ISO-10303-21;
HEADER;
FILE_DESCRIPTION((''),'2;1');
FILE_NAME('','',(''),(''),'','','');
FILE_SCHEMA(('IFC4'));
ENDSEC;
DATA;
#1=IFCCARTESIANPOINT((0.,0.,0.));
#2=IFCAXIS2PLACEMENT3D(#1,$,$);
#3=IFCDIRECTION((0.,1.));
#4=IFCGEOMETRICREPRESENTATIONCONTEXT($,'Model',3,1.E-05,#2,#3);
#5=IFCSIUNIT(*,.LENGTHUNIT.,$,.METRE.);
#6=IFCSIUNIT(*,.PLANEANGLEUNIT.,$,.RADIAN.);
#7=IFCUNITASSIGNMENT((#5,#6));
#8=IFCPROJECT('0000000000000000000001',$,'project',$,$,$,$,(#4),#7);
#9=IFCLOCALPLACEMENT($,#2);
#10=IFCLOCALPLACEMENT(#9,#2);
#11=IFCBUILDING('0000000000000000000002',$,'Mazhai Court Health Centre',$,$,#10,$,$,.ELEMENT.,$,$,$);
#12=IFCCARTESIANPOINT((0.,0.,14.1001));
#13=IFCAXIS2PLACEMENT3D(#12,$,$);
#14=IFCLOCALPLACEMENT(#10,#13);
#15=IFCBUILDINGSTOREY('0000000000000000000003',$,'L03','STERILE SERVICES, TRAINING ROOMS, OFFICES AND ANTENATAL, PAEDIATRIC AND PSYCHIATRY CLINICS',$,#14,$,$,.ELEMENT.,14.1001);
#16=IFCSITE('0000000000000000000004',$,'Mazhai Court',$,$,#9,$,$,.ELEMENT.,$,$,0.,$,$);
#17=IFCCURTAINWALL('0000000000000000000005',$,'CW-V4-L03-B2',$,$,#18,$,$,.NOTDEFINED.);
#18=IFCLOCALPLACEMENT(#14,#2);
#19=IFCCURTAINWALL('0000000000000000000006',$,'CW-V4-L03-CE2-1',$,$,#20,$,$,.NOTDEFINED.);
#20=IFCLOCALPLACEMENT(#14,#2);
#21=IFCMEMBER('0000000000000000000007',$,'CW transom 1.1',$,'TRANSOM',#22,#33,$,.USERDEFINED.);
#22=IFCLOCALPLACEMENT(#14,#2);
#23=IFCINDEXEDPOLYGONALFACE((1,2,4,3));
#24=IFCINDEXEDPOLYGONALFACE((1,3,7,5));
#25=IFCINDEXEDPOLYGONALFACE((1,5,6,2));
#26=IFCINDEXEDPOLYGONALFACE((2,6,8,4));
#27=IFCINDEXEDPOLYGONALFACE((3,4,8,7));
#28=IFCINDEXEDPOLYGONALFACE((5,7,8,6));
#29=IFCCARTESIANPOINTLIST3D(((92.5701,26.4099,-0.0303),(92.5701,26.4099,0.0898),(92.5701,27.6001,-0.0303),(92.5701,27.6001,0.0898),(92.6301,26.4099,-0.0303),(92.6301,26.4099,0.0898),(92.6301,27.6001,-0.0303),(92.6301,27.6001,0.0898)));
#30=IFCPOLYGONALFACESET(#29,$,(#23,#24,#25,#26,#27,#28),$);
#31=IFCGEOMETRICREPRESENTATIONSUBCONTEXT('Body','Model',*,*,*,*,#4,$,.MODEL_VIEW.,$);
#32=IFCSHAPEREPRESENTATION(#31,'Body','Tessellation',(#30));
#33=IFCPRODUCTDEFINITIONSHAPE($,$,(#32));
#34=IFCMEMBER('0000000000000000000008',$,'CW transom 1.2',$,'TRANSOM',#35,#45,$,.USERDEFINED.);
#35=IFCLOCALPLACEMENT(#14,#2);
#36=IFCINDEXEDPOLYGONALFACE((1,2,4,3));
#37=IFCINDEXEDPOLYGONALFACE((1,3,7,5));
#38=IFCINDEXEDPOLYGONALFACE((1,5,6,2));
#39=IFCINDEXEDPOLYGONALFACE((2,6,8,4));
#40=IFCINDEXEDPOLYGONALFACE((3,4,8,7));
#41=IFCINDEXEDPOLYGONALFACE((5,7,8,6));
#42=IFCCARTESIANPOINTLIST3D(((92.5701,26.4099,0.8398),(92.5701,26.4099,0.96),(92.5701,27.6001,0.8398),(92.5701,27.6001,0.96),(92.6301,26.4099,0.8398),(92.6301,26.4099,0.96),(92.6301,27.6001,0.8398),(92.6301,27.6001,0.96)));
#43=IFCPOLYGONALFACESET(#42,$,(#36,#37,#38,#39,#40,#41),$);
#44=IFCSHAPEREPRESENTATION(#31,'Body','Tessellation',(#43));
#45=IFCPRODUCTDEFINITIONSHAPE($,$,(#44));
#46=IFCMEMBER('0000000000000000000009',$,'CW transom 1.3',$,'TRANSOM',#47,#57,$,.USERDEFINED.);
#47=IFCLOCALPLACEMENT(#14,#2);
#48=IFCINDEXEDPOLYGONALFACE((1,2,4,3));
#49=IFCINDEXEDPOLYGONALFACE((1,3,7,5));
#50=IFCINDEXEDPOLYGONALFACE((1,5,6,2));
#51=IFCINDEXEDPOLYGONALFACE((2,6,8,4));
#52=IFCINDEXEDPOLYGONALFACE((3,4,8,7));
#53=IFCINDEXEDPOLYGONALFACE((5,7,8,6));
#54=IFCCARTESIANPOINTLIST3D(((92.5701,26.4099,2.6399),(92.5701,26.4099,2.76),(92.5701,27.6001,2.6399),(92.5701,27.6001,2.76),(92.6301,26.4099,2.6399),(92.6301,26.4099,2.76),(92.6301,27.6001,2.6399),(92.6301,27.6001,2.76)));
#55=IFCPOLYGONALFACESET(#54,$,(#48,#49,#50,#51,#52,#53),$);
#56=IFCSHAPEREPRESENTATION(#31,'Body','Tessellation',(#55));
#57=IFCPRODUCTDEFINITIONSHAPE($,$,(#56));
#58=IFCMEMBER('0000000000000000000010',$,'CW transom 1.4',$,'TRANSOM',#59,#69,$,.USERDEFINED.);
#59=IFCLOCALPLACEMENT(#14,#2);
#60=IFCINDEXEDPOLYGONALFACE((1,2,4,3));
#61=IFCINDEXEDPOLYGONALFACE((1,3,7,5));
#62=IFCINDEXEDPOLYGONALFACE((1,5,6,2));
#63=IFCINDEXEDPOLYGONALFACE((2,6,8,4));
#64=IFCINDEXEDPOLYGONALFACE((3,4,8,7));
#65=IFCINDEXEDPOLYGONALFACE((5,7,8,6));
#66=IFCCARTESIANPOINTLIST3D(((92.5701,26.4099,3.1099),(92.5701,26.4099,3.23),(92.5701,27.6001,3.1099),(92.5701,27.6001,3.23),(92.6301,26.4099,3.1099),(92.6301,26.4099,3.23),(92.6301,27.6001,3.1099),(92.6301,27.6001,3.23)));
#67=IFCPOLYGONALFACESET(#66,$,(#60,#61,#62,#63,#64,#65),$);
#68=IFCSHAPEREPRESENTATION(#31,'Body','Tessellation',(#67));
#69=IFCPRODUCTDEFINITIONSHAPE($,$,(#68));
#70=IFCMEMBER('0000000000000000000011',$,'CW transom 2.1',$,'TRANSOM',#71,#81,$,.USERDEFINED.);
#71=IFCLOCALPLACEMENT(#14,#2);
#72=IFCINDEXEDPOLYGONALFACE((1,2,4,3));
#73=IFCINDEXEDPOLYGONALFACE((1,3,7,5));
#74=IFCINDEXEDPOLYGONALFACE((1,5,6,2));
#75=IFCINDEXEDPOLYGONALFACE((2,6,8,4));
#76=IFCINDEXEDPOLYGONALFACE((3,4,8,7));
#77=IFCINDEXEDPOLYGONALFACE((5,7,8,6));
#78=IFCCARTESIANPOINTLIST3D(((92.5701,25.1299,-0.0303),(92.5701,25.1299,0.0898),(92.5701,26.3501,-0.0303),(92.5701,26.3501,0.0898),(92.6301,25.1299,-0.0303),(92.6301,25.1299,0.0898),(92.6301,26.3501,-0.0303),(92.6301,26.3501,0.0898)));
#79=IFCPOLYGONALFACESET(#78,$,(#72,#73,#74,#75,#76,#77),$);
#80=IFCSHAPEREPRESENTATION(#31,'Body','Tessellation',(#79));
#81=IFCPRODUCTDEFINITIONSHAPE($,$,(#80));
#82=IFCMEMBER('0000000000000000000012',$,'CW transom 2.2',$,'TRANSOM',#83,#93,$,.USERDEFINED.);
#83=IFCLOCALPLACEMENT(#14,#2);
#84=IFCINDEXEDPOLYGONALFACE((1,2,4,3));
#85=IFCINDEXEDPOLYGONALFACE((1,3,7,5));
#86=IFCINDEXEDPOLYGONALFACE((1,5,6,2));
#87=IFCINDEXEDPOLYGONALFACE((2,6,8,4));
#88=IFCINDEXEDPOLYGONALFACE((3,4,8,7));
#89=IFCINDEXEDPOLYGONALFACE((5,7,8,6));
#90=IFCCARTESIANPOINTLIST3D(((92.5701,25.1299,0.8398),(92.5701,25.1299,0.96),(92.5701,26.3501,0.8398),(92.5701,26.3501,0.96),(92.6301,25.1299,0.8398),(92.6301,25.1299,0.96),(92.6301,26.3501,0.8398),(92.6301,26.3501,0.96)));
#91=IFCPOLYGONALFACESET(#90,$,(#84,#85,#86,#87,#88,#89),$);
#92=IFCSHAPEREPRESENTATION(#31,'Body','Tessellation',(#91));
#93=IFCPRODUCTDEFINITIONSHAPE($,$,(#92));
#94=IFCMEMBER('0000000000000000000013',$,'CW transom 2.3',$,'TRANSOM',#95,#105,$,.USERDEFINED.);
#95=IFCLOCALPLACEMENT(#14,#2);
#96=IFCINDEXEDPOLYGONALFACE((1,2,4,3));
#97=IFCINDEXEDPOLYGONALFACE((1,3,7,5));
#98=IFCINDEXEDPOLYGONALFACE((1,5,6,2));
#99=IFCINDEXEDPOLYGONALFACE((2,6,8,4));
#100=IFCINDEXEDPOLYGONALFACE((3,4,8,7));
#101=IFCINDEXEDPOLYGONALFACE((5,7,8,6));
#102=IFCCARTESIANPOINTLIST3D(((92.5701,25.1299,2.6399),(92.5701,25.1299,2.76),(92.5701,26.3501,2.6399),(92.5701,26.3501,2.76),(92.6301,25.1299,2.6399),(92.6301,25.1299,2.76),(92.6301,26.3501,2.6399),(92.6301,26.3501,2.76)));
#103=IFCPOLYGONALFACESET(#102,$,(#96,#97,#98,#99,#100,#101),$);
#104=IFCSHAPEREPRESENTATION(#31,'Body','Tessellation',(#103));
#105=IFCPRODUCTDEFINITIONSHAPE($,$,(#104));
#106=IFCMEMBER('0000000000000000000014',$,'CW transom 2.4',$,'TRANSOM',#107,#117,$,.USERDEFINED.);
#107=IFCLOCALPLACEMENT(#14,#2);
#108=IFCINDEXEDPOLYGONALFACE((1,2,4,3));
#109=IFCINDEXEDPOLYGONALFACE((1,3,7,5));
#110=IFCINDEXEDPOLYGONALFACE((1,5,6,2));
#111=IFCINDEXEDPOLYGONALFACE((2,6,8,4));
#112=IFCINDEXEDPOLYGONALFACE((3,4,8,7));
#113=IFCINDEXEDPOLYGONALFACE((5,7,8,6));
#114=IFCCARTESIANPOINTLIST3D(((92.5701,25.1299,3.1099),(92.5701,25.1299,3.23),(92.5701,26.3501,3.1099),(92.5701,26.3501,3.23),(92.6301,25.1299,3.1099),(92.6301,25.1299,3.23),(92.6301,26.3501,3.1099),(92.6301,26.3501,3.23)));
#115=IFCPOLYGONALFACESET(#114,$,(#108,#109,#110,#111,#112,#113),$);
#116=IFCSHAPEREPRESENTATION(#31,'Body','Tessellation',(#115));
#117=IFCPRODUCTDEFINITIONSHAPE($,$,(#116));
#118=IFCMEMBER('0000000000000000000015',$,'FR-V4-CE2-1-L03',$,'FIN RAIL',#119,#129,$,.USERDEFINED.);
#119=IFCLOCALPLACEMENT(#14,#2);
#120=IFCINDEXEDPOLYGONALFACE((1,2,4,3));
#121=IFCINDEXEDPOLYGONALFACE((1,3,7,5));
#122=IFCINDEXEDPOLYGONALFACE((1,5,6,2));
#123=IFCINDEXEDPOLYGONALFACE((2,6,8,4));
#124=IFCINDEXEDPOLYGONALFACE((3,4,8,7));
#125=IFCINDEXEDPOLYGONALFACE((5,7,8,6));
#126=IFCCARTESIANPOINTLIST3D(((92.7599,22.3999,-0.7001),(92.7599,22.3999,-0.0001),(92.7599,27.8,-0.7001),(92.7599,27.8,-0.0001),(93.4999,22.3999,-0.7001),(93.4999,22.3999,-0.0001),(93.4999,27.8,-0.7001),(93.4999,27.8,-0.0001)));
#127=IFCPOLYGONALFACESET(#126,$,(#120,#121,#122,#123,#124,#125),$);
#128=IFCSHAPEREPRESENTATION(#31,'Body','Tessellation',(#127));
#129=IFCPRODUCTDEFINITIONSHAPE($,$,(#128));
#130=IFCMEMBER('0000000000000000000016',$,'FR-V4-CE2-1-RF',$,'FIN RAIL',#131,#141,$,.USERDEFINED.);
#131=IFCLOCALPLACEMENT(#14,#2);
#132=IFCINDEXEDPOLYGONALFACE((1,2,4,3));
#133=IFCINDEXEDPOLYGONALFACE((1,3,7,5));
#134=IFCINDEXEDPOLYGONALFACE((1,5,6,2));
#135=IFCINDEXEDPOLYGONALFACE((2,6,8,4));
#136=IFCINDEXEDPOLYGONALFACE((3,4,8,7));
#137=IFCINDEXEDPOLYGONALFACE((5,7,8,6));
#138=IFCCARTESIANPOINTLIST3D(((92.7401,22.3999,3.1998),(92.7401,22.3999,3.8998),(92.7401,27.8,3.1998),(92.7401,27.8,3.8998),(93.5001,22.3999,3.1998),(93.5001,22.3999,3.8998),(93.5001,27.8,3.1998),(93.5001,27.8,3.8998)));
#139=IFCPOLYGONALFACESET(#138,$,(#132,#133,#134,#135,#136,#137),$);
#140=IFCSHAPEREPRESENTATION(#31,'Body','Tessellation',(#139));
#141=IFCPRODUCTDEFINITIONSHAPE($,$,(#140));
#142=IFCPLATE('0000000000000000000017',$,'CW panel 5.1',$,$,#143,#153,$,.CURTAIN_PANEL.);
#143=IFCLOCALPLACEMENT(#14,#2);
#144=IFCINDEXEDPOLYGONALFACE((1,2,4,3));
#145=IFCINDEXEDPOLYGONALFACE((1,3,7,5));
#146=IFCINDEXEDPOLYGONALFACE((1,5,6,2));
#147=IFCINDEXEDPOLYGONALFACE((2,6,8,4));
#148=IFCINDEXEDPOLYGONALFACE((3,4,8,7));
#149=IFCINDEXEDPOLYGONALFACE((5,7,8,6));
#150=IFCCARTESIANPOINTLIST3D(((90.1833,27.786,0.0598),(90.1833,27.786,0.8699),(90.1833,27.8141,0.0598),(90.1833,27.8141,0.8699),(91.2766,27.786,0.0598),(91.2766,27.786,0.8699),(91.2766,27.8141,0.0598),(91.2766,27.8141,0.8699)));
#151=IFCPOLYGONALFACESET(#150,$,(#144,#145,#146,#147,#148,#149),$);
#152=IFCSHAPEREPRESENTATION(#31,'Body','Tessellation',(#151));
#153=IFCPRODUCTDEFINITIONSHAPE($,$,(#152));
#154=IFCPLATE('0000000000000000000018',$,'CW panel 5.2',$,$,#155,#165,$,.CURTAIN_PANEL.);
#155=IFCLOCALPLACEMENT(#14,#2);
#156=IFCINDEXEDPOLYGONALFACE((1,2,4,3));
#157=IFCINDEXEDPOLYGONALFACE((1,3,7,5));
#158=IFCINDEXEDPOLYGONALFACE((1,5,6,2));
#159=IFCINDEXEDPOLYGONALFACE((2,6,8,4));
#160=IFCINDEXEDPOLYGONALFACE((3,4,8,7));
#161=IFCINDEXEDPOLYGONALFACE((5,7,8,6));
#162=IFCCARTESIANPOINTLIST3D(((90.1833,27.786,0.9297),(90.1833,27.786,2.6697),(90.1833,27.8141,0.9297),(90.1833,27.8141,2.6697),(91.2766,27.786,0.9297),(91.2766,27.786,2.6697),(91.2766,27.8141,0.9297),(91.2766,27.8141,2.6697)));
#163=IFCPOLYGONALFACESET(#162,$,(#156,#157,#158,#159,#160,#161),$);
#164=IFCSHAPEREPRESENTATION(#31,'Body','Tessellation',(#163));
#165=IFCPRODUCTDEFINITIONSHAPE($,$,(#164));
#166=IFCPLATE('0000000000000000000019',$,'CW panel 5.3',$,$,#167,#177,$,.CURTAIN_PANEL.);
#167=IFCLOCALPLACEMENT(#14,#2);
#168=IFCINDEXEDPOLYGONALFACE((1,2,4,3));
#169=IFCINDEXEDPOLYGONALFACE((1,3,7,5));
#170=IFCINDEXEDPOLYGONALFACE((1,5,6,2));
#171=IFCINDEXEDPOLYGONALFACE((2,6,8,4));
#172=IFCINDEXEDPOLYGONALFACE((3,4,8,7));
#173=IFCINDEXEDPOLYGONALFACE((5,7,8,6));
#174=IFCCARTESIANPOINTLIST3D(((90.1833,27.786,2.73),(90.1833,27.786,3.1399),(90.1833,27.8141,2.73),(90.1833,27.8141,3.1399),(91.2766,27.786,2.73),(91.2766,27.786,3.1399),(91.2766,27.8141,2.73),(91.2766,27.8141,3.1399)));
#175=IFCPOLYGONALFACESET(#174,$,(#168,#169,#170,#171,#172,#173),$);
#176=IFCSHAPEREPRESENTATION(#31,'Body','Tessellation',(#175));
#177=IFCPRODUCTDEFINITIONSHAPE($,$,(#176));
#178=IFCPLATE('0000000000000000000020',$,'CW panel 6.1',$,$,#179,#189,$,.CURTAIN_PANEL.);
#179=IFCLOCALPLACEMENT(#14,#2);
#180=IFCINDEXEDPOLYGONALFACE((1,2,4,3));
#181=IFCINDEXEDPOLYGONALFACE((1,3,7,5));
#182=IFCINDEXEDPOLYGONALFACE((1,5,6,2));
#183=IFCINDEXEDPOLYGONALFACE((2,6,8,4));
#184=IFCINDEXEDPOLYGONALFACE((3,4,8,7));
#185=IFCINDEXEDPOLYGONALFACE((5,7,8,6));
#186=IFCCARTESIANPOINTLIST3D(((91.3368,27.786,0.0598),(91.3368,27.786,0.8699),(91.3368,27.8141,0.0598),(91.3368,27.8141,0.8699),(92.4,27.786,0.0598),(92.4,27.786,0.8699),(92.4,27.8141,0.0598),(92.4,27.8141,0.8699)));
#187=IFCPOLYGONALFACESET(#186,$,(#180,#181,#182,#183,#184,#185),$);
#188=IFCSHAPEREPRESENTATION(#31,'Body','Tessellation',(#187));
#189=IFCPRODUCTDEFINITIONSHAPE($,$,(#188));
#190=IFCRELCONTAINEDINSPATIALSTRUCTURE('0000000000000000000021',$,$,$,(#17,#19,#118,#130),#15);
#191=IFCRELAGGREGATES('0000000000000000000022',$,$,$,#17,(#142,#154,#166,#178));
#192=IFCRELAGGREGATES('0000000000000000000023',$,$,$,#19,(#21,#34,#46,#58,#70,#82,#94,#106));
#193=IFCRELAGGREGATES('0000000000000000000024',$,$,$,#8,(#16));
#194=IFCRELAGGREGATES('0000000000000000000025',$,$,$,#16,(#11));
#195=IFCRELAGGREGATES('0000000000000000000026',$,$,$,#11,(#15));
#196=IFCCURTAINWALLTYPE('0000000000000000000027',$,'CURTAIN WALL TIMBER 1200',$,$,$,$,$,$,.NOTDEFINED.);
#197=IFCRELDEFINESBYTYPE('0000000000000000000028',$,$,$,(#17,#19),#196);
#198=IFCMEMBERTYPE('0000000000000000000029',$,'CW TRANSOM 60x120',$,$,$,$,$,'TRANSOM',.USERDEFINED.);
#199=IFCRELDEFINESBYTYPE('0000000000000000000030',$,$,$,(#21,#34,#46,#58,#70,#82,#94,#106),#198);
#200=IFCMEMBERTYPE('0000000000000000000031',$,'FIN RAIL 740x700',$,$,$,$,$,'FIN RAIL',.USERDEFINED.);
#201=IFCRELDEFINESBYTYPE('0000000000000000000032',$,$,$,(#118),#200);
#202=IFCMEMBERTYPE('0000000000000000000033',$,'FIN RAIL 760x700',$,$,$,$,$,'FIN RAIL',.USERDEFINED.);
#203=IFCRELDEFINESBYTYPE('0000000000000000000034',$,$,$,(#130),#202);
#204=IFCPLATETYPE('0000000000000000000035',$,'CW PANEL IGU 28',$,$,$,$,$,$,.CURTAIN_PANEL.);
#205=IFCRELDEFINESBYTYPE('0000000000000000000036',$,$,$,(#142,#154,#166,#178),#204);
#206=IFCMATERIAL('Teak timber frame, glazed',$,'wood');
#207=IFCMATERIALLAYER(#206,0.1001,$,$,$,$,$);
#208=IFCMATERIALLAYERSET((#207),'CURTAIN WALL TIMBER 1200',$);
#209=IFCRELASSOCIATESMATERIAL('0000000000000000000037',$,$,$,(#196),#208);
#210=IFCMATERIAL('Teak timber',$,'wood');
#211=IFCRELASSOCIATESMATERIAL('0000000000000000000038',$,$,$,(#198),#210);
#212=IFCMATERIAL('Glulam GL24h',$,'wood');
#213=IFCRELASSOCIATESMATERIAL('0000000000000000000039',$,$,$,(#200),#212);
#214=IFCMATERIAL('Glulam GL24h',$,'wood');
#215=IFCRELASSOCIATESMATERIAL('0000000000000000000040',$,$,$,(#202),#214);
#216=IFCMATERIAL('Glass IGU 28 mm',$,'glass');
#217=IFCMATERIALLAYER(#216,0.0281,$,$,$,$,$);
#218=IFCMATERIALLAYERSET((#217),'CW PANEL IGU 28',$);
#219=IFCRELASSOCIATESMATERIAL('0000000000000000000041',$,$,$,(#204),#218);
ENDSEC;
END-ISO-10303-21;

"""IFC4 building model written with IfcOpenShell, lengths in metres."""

from ifc_helpers import new_model, si_unit, direction, frame, origin, origin_2d, place, context, subcontext, project, spatial, rectangle, extrude, material, layer, layer_set, material_profile, profile_set, type_object, element, aggregate, save


model = new_model("IFC4")

# Units and contexts
model_context = context("Model", 3, precision=1e-05, world=origin(), true_north=direction((0.0, 1.0)))
body_context = subcontext(model_context, "Body", "Model", "MODEL_VIEW")
ifc_project = project(units=[si_unit("LENGTHUNIT", "METRE"), si_unit("PLANEANGLEUNIT", "RADIAN")], contexts=[model_context])

# Site, building, storey
site_placement = place(None, origin())
site = spatial("IfcSite", under=ifc_project, at=site_placement, Name="Mazhai Court", CompositionType="ELEMENT", RefElevation=0.0)
building_placement = place(site_placement, origin())
building = spatial("IfcBuilding", under=site, at=building_placement, Name="Mazhai Court Health Centre", CompositionType="ELEMENT")
storey_placement = place(building_placement, frame((0.0, 0.0, 14.1001)))
storey = spatial("IfcBuildingStorey", under=building, at=storey_placement, Name="L03", Description="STERILE SERVICES, TRAINING ROOMS, OFFICES AND ANTENATAL, PAEDIATRIC AND PSYCHIATRY CLINICS", CompositionType="ELEMENT", Elevation=14.1001)

# Curtain walls
ifc_material_1 = material(Name="Teak timber frame, glazed", Category="wood")
ifc_layer_1 = layer(ifc_material_1, 0.1001)
ifc_layer_set_1 = layer_set([ifc_layer_1], Name="CURTAIN WALL TIMBER 1200")
curtain_wall_type = type_object("IfcCurtainWallType", Name="CURTAIN WALL TIMBER 1200", PredefinedType="NOTDEFINED", material=ifc_layer_set_1)
curtain_wall_1_placement = place(storey_placement, origin())
curtain_wall_1 = element("IfcCurtainWall", 1, at=curtain_wall_1_placement, inside=storey, type_object=curtain_wall_type, Name="CW-V4-L03-B2", PredefinedType="NOTDEFINED")
curtain_wall_2_placement = place(storey_placement, origin())
curtain_wall_2 = element("IfcCurtainWall", 2, at=curtain_wall_2_placement, inside=storey, type_object=curtain_wall_type, Name="CW-V4-L03-CE2-1", PredefinedType="NOTDEFINED")

# Members
ifc_material_2 = material(Name="Teak timber", Category="wood")
ifc_material_profile_1 = material_profile(ifc_material_2, rectangle(XDim=0.0601, YDim=0.1201, at=origin_2d()), Name="CW TRANSOM 60x120")
ifc_profile_set_1 = profile_set([ifc_material_profile_1], Name="Teak timber")
member_type_1 = type_object("IfcMemberType", Name="CW TRANSOM 60x120", ElementType="TRANSOM", PredefinedType="USERDEFINED", material=ifc_profile_set_1)
member_1_placement = place(storey_placement, frame((92.6001, 27.6001, 0.0298), z_axis=(0.0, -1.0, 0.0), x_axis=(1.0, 0.0, 0.0)))
member_1 = element("IfcMember", 3, at=member_1_placement, type_object=member_type_1, Name="CW transom 1.1", ObjectType="TRANSOM", PredefinedType="USERDEFINED", context=body_context, shape_type="SweptSolid", body=[
    extrude(rectangle(XDim=0.0601, YDim=0.1201, at=origin_2d()), origin(), (0.0, 0.0, 1.0), 1.1902),
])
member_2_placement = place(storey_placement, frame((92.6001, 27.6001, 0.8999), z_axis=(0.0, -1.0, 0.0), x_axis=(1.0, 0.0, 0.0)))
member_2 = element("IfcMember", 4, at=member_2_placement, type_object=member_type_1, Name="CW transom 1.2", ObjectType="TRANSOM", PredefinedType="USERDEFINED", context=body_context, shape_type="SweptSolid", body=[
    extrude(rectangle(XDim=0.0601, YDim=0.1201, at=origin_2d()), origin(), (0.0, 0.0, 1.0), 1.1902),
])
member_3_placement = place(storey_placement, frame((92.6001, 27.6001, 2.7), z_axis=(0.0, -1.0, 0.0), x_axis=(1.0, 0.0, 0.0)))
member_3 = element("IfcMember", 5, at=member_3_placement, type_object=member_type_1, Name="CW transom 1.3", ObjectType="TRANSOM", PredefinedType="USERDEFINED", context=body_context, shape_type="SweptSolid", body=[
    extrude(rectangle(XDim=0.0601, YDim=0.1201, at=origin_2d()), origin(), (0.0, 0.0, 1.0), 1.1902),
])
member_4_placement = place(storey_placement, frame((92.6001, 27.6001, 3.1699), z_axis=(0.0, -1.0, 0.0), x_axis=(1.0, 0.0, 0.0)))
member_4 = element("IfcMember", 6, at=member_4_placement, type_object=member_type_1, Name="CW transom 1.4", ObjectType="TRANSOM", PredefinedType="USERDEFINED", context=body_context, shape_type="SweptSolid", body=[
    extrude(rectangle(XDim=0.0601, YDim=0.1201, at=origin_2d()), origin(), (0.0, 0.0, 1.0), 1.1902),
])
member_5_placement = place(storey_placement, frame((92.6001, 26.3501, 0.0298), z_axis=(0.0, -1.0, 0.0), x_axis=(1.0, 0.0, 0.0)))
member_5 = element("IfcMember", 7, at=member_5_placement, type_object=member_type_1, Name="CW transom 2.1", ObjectType="TRANSOM", PredefinedType="USERDEFINED", context=body_context, shape_type="SweptSolid", body=[
    extrude(rectangle(XDim=0.0601, YDim=0.1201, at=origin_2d()), origin(), (0.0, 0.0, 1.0), 1.2202),
])
member_6_placement = place(storey_placement, frame((92.6001, 26.3501, 0.8999), z_axis=(0.0, -1.0, 0.0), x_axis=(1.0, 0.0, 0.0)))
member_6 = element("IfcMember", 8, at=member_6_placement, type_object=member_type_1, Name="CW transom 2.2", ObjectType="TRANSOM", PredefinedType="USERDEFINED", context=body_context, shape_type="SweptSolid", body=[
    extrude(rectangle(XDim=0.0601, YDim=0.1201, at=origin_2d()), origin(), (0.0, 0.0, 1.0), 1.2202),
])
member_7_placement = place(storey_placement, frame((92.6001, 26.3501, 2.7), z_axis=(0.0, -1.0, 0.0), x_axis=(1.0, 0.0, 0.0)))
member_7 = element("IfcMember", 9, at=member_7_placement, type_object=member_type_1, Name="CW transom 2.3", ObjectType="TRANSOM", PredefinedType="USERDEFINED", context=body_context, shape_type="SweptSolid", body=[
    extrude(rectangle(XDim=0.0601, YDim=0.1201, at=origin_2d()), origin(), (0.0, 0.0, 1.0), 1.2202),
])
member_8_placement = place(storey_placement, frame((92.6001, 26.3501, 3.1699), z_axis=(0.0, -1.0, 0.0), x_axis=(1.0, 0.0, 0.0)))
member_8 = element("IfcMember", 10, at=member_8_placement, type_object=member_type_1, Name="CW transom 2.4", ObjectType="TRANSOM", PredefinedType="USERDEFINED", context=body_context, shape_type="SweptSolid", body=[
    extrude(rectangle(XDim=0.0601, YDim=0.1201, at=origin_2d()), origin(), (0.0, 0.0, 1.0), 1.2202),
])

# Members
ifc_material_3 = material(Name="Glulam GL24h", Category="wood")
ifc_material_profile_2 = material_profile(ifc_material_3, rectangle(XDim=0.74, YDim=0.7, at=origin_2d()), Name="FIN RAIL 740x700")
ifc_profile_set_2 = profile_set([ifc_material_profile_2], Name="Glulam GL24h")
member_type_2 = type_object("IfcMemberType", Name="FIN RAIL 740x700", ElementType="FIN RAIL", PredefinedType="USERDEFINED", material=ifc_profile_set_2)
member_9_placement = place(storey_placement, frame((93.1299, 27.8, -0.3501), z_axis=(0.0, -1.0, 0.0), x_axis=(1.0, 0.0, 0.0)))
element("IfcMember", 11, at=member_9_placement, inside=storey, type_object=member_type_2, Name="FR-V4-CE2-1-L03", ObjectType="FIN RAIL", PredefinedType="USERDEFINED", context=body_context, shape_type="SweptSolid", body=[
    extrude(rectangle(XDim=0.74, YDim=0.7, at=origin_2d()), origin(), (0.0, 0.0, 1.0), 5.4001),
])
ifc_material_4 = material(Name="Glulam GL24h", Category="wood")
ifc_material_profile_3 = material_profile(ifc_material_4, rectangle(XDim=0.76, YDim=0.7, at=origin_2d()), Name="FIN RAIL 760x700")
ifc_profile_set_3 = profile_set([ifc_material_profile_3], Name="Glulam GL24h")
member_type_3 = type_object("IfcMemberType", Name="FIN RAIL 760x700", ElementType="FIN RAIL", PredefinedType="USERDEFINED", material=ifc_profile_set_3)
member_10_placement = place(storey_placement, frame((93.1201, 27.8, 3.5498), z_axis=(0.0, -1.0, 0.0), x_axis=(1.0, 0.0, 0.0)))
element("IfcMember", 12, at=member_10_placement, inside=storey, type_object=member_type_3, Name="FR-V4-CE2-1-RF", ObjectType="FIN RAIL", PredefinedType="USERDEFINED", context=body_context, shape_type="SweptSolid", body=[
    extrude(rectangle(XDim=0.76, YDim=0.7, at=origin_2d()), origin(), (0.0, 0.0, 1.0), 5.4001),
])

# Plates
ifc_material_5 = material(Name="Glass IGU 28 mm", Category="glass")
ifc_layer_2 = layer(ifc_material_5, 0.0281)
ifc_layer_set_2 = layer_set([ifc_layer_2], Name="CW PANEL IGU 28")
plate_type = type_object("IfcPlateType", Name="CW PANEL IGU 28", PredefinedType="CURTAIN_PANEL", material=ifc_layer_set_2)
plate_1_placement = place(storey_placement, frame((90.73, 27.8, 0.0598), z_axis=(0.0, 0.0, 1.0), x_axis=(1.0, 0.0, 0.0)))
plate_1 = element("IfcPlate", 13, at=plate_1_placement, type_object=plate_type, Name="CW panel 5.1", PredefinedType="CURTAIN_PANEL", context=body_context, shape_type="SweptSolid", body=[
    extrude(rectangle(XDim=1.0933, YDim=0.0281, at=origin_2d()), origin(), (0.0, 0.0, 1.0), 0.8101),
])
plate_2_placement = place(storey_placement, frame((90.73, 27.8, 0.9297), z_axis=(0.0, 0.0, 1.0), x_axis=(1.0, 0.0, 0.0)))
plate_2 = element("IfcPlate", 14, at=plate_2_placement, type_object=plate_type, Name="CW panel 5.2", PredefinedType="CURTAIN_PANEL", context=body_context, shape_type="SweptSolid", body=[
    extrude(rectangle(XDim=1.0933, YDim=0.0281, at=origin_2d()), origin(), (0.0, 0.0, 1.0), 1.74),
])
plate_3_placement = place(storey_placement, frame((90.73, 27.8, 2.73), z_axis=(0.0, 0.0, 1.0), x_axis=(1.0, 0.0, 0.0)))
plate_3 = element("IfcPlate", 15, at=plate_3_placement, type_object=plate_type, Name="CW panel 5.3", PredefinedType="CURTAIN_PANEL", context=body_context, shape_type="SweptSolid", body=[
    extrude(rectangle(XDim=1.0933, YDim=0.0281, at=origin_2d()), origin(), (0.0, 0.0, 1.0), 0.4099),
])
plate_4_placement = place(storey_placement, frame((91.8684, 27.8, 0.0598), z_axis=(0.0, 0.0, 1.0), x_axis=(1.0, 0.0, 0.0)))
plate_4 = element("IfcPlate", 16, at=plate_4_placement, type_object=plate_type, Name="CW panel 6.1", PredefinedType="CURTAIN_PANEL", context=body_context, shape_type="SweptSolid", body=[
    extrude(rectangle(XDim=1.0632, YDim=0.0281, at=origin_2d()), origin(), (0.0, 0.0, 1.0), 0.8101),
])
aggregate(curtain_wall_1, [plate_1, plate_2, plate_3, plate_4])
aggregate(curtain_wall_2, [member_1, member_2, member_3, member_4, member_5, member_6, member_7, member_8])

save(model, "model.ifc")
